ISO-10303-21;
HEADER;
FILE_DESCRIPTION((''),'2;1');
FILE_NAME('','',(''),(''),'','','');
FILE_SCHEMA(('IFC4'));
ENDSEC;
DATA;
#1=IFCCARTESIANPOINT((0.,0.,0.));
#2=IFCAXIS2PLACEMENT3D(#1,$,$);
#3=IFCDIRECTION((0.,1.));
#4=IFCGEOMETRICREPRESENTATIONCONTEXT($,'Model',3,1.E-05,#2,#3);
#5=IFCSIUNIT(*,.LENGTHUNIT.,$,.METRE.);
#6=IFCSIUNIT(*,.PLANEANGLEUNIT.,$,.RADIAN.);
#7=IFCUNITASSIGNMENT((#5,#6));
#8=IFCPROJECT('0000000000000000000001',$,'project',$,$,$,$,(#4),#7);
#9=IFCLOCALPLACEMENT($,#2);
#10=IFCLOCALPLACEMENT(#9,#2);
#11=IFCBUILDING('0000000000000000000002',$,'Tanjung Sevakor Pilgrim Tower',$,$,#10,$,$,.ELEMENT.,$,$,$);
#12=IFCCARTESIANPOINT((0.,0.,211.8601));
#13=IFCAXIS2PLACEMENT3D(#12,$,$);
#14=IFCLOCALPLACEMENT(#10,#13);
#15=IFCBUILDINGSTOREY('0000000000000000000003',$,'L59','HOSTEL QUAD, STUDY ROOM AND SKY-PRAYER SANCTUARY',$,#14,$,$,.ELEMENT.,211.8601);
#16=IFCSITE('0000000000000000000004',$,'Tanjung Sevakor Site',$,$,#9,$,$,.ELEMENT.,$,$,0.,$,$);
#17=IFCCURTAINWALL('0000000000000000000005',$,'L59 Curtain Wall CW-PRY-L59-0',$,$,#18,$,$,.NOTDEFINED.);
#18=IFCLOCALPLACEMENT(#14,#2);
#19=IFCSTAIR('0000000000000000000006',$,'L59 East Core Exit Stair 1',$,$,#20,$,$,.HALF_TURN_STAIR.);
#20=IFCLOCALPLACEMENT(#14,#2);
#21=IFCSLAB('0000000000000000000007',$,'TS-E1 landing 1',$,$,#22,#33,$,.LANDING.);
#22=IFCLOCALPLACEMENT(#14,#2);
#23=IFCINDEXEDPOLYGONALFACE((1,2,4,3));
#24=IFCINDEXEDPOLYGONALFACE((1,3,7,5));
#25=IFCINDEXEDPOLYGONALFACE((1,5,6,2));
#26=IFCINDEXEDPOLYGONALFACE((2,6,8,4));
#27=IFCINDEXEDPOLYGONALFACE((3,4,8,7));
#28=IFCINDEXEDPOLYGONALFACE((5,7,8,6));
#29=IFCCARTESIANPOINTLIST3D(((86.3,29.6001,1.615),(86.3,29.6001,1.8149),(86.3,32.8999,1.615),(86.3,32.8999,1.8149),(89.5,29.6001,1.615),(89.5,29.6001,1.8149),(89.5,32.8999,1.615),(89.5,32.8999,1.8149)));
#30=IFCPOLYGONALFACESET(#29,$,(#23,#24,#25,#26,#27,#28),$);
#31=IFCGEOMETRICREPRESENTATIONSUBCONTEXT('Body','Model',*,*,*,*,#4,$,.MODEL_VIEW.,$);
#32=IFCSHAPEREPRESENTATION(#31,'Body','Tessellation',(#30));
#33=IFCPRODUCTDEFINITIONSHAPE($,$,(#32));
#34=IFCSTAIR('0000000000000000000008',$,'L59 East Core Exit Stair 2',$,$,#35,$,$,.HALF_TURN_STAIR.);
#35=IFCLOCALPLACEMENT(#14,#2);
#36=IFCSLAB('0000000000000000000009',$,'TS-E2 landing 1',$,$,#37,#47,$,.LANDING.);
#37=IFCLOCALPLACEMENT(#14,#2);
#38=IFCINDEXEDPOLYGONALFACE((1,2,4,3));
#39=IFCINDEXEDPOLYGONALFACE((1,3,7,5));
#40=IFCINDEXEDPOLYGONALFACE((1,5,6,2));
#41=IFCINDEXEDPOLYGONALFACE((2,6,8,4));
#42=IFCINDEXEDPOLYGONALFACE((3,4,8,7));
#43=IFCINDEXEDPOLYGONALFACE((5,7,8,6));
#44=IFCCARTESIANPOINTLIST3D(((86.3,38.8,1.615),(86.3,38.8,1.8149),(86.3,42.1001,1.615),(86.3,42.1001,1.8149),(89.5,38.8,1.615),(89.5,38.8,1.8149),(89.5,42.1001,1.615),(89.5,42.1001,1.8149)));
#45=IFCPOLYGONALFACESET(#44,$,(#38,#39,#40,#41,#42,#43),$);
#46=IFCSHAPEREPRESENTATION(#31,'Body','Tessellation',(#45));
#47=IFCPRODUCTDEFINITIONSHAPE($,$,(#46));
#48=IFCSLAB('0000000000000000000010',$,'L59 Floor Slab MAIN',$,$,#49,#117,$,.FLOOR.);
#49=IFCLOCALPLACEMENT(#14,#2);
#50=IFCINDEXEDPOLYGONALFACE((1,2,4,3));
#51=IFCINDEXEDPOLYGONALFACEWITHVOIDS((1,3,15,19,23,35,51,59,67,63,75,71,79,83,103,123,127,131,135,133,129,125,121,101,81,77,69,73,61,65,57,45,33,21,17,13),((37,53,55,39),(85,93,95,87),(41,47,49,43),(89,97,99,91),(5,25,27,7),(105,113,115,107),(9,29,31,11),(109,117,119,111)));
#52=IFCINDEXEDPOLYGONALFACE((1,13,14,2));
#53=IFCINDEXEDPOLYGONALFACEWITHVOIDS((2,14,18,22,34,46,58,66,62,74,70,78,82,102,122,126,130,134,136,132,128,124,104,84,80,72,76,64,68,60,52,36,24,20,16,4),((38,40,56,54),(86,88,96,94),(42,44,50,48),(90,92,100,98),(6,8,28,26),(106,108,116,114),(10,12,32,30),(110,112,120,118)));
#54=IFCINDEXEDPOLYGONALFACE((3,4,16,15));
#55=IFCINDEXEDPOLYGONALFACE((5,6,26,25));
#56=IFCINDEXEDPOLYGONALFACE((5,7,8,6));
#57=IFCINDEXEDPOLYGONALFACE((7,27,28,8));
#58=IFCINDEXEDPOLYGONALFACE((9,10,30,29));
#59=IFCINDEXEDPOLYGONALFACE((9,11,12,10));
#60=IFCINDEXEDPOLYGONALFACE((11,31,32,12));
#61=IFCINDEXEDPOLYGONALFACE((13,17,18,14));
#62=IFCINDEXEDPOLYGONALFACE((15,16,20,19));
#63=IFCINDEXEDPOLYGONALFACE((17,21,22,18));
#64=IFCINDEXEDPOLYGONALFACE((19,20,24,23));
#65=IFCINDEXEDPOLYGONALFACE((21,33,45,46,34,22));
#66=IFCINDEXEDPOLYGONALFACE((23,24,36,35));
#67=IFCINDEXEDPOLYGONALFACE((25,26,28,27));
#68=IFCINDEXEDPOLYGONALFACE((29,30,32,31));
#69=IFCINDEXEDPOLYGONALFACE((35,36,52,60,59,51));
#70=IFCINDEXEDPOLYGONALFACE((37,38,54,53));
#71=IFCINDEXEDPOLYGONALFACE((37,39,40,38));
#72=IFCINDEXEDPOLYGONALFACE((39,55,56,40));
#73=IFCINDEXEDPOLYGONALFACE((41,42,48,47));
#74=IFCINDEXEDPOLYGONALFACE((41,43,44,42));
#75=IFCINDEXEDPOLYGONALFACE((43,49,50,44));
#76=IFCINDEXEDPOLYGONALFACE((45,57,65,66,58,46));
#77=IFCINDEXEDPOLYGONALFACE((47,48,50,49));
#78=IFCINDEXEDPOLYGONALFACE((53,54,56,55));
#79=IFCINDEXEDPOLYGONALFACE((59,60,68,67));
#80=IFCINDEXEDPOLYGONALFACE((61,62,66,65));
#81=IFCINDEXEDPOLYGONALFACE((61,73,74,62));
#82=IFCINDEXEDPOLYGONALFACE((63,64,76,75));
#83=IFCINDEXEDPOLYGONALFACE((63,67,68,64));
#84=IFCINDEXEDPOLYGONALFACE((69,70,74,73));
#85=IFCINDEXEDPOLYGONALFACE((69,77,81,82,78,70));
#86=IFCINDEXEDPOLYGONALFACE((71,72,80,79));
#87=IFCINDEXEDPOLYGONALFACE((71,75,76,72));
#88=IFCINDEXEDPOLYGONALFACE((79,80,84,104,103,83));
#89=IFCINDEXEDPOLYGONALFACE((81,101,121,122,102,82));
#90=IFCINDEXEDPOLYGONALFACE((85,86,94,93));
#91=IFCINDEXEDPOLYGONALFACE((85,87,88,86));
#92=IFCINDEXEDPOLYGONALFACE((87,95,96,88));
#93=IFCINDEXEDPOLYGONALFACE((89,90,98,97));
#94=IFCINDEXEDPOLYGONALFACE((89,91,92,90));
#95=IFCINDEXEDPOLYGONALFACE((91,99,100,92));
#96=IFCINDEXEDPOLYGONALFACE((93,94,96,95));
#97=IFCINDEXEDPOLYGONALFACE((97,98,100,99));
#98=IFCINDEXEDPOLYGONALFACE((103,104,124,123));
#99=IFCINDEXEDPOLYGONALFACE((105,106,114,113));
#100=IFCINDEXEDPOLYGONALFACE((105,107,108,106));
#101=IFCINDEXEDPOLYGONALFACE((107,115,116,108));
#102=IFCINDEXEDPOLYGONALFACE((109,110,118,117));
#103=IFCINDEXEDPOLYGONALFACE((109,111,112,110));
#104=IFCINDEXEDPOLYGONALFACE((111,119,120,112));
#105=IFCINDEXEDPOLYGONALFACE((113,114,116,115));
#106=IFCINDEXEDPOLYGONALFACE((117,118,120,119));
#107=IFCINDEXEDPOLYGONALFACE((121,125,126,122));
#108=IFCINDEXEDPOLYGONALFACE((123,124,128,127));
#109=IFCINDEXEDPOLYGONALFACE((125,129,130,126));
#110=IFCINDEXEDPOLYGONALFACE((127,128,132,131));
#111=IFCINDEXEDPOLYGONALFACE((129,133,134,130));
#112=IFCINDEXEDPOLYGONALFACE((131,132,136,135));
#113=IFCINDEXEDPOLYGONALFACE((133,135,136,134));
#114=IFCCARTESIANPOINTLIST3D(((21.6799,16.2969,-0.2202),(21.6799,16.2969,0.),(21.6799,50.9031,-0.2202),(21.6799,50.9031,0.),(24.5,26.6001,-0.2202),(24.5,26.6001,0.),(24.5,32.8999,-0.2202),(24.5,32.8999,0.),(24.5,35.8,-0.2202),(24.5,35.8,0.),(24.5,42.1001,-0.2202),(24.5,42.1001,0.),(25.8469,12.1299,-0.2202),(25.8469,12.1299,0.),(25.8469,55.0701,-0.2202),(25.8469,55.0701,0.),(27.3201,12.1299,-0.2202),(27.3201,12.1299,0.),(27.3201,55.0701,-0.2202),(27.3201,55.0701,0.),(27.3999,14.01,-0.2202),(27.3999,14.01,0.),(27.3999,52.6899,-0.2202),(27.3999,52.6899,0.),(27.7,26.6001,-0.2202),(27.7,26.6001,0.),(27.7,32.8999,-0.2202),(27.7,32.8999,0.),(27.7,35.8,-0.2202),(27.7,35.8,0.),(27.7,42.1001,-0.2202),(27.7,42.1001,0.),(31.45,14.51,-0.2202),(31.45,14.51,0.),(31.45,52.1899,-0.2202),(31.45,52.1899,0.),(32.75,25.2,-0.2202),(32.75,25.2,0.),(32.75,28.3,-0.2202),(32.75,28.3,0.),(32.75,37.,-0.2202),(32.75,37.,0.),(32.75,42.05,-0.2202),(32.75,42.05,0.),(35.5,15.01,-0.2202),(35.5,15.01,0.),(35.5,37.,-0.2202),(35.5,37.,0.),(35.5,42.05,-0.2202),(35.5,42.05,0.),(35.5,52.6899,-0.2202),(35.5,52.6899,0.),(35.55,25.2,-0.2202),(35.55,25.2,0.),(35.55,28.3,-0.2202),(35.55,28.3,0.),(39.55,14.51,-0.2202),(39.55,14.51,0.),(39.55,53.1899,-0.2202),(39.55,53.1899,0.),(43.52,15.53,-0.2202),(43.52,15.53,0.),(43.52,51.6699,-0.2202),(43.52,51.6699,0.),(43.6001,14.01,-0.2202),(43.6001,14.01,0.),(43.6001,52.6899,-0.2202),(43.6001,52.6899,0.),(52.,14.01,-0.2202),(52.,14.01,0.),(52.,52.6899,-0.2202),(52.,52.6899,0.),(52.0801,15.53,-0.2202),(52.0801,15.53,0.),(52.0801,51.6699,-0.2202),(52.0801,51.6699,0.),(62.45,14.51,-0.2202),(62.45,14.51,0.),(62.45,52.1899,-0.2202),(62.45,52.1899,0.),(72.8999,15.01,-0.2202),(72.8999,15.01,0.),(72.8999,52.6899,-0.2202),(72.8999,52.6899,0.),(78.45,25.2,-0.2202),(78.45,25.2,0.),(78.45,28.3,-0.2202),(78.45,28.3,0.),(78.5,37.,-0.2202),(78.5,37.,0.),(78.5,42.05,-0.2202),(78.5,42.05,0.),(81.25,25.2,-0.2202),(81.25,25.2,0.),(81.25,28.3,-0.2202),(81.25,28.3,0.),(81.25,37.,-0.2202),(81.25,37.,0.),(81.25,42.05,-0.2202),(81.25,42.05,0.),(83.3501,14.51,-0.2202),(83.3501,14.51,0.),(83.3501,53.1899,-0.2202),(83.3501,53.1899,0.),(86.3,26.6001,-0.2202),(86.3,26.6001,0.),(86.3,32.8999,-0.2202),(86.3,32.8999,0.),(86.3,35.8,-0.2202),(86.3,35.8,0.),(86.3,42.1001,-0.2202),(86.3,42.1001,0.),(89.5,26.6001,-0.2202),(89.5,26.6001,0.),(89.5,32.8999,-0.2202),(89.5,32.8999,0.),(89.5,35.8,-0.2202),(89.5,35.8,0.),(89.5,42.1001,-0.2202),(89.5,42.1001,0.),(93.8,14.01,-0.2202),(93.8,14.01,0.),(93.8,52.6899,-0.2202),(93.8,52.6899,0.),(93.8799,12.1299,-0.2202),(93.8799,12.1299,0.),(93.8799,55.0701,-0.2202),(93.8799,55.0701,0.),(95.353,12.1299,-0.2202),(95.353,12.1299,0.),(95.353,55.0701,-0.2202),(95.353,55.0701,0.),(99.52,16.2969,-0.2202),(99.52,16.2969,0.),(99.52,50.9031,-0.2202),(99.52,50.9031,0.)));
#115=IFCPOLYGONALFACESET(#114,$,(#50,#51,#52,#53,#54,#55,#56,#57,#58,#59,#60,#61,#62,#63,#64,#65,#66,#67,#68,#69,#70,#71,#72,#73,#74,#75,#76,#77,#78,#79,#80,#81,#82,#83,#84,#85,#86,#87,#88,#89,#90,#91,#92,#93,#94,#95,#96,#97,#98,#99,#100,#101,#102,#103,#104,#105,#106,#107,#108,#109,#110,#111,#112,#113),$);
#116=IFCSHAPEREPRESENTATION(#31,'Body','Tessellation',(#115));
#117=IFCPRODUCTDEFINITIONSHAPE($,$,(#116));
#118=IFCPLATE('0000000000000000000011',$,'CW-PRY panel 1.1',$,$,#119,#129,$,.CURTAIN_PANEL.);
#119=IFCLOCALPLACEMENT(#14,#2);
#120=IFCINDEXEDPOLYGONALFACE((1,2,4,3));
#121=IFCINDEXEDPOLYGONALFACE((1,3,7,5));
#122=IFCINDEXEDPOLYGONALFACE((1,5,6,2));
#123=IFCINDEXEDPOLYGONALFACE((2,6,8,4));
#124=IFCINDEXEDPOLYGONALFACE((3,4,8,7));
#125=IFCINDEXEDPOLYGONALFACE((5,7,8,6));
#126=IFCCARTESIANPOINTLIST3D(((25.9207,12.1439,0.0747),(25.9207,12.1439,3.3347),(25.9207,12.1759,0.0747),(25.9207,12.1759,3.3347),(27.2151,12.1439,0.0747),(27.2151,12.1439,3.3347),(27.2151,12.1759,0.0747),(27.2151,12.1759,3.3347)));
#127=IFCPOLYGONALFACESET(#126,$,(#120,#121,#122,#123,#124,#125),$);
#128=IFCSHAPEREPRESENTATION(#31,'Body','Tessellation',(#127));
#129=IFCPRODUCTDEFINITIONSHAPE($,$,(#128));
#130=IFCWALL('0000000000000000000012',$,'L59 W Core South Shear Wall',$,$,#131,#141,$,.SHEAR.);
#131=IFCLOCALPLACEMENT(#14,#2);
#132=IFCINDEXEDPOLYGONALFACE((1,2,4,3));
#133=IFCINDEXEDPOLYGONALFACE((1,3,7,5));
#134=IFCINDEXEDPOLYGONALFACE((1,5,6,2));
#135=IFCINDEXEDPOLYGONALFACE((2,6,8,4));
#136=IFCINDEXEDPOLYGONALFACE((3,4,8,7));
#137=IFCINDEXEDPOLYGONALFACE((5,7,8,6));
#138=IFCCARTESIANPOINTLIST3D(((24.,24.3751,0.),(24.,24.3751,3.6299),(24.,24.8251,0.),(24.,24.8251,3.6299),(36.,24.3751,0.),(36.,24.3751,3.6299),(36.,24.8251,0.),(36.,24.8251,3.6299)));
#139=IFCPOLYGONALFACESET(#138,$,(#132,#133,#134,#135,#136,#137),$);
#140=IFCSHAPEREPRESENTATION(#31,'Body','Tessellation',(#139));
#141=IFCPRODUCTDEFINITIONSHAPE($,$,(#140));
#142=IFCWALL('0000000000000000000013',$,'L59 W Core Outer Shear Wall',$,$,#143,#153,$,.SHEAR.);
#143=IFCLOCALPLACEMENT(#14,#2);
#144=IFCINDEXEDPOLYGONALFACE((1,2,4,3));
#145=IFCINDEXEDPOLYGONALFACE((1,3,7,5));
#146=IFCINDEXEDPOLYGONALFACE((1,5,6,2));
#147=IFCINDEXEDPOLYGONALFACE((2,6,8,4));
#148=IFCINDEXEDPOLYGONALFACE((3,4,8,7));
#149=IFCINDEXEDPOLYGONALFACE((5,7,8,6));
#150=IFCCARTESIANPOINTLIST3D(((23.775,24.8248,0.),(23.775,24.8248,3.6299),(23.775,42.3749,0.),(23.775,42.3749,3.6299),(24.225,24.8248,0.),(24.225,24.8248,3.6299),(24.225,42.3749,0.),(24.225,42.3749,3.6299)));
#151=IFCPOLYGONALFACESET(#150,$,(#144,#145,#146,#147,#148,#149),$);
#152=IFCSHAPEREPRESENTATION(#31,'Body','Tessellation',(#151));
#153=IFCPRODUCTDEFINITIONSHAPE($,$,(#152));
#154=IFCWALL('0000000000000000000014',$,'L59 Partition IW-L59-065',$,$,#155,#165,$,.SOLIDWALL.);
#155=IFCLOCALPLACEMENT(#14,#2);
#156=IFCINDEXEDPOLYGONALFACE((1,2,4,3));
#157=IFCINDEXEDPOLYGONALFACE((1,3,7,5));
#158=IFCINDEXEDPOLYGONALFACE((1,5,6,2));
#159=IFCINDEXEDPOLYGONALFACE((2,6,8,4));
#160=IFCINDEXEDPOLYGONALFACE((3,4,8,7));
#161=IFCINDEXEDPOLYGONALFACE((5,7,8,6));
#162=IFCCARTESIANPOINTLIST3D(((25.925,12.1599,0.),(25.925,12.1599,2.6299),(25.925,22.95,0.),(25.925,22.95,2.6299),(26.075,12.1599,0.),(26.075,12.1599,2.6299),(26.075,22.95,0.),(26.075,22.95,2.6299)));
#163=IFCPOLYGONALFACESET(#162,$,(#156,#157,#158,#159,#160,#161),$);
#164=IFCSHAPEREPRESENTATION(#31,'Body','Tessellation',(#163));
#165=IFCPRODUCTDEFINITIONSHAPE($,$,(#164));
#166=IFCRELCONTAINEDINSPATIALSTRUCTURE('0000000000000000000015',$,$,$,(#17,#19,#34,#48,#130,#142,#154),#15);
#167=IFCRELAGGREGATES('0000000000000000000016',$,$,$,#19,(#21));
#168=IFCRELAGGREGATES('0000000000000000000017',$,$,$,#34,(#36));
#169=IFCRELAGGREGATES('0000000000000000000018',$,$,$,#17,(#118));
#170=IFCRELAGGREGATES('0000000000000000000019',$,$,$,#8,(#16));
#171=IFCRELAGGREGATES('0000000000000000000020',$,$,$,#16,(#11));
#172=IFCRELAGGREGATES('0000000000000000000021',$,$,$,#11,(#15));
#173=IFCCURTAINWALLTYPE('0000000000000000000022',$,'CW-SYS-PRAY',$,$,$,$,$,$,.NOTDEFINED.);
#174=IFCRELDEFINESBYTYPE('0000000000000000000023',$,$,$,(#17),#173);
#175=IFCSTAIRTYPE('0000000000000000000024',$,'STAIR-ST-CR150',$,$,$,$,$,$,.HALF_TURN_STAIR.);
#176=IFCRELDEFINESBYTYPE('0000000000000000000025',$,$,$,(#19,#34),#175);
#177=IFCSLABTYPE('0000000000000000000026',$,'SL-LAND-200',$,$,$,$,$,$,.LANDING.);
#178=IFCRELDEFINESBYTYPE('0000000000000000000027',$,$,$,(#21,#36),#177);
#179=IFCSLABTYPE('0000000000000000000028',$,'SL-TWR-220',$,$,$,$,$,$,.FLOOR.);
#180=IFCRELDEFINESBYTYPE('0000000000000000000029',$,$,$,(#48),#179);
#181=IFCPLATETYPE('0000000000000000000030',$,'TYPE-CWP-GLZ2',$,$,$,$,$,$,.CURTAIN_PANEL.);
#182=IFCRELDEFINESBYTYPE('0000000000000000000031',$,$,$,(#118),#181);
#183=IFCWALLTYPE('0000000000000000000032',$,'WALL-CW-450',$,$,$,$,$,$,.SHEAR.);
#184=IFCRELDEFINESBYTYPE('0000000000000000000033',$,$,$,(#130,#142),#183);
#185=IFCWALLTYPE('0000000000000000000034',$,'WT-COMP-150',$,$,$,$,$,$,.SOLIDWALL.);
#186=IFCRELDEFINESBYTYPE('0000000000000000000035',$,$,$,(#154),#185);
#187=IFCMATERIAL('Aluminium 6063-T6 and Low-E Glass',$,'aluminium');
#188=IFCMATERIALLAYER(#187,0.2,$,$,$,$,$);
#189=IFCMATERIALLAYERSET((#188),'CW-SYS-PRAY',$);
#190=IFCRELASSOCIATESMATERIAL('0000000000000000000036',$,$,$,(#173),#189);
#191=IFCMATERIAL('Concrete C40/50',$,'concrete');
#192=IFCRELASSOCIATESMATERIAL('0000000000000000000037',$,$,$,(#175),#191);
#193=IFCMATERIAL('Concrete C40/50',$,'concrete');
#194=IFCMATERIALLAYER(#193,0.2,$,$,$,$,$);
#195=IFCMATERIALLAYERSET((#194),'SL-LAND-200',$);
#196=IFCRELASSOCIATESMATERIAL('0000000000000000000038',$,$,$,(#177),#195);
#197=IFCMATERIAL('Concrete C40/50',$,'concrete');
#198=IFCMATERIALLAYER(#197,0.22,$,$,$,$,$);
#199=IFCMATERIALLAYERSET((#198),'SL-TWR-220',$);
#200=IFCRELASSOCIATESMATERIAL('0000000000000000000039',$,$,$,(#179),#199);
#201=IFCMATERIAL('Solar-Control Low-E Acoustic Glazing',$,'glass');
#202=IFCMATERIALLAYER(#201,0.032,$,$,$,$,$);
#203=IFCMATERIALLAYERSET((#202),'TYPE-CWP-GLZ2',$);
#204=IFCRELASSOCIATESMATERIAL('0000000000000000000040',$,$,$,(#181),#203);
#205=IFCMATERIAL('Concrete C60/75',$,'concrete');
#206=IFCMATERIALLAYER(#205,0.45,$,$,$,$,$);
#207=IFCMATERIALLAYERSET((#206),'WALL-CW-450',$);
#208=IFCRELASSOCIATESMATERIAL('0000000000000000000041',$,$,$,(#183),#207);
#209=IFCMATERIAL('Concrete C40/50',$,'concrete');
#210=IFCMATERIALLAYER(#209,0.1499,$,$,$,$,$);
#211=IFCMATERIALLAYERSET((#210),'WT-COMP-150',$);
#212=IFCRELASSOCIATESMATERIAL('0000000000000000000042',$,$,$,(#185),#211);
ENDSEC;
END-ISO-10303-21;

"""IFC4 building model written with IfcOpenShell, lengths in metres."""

from ifc_helpers import new_model, si_unit, direction, frame, frame_2d, origin, origin_2d, place, context, subcontext, project, spatial, polyline, rectangle, outline, extrude, material, layer, layer_set, type_object, element, aggregate, save


model = new_model("IFC4")

# Units and contexts
model_context = context("Model", 3, precision=1e-05, world=origin(), true_north=direction((0.0, 1.0)))
body_context = subcontext(model_context, "Body", "Model", "MODEL_VIEW")
ifc_project = project(units=[si_unit("LENGTHUNIT", "METRE"), si_unit("PLANEANGLEUNIT", "RADIAN")], contexts=[model_context])

# Site, building, storey
site_placement = place(None, origin())
site = spatial("IfcSite", under=ifc_project, at=site_placement, Name="Tanjung Sevakor Site", CompositionType="ELEMENT", RefElevation=0.0)
building_placement = place(site_placement, origin())
building = spatial("IfcBuilding", under=site, at=building_placement, Name="Tanjung Sevakor Pilgrim Tower", CompositionType="ELEMENT")
storey_placement = place(building_placement, frame((0.0, 0.0, 211.8601)))
storey = spatial("IfcBuildingStorey", under=building, at=storey_placement, Name="L59", Description="HOSTEL QUAD, STUDY ROOM AND SKY-PRAYER SANCTUARY", CompositionType="ELEMENT", Elevation=211.8601)

# Curtain wall
ifc_material_1 = material(Name="Aluminium 6063-T6 and Low-E Glass", Category="aluminium")
ifc_layer_1 = layer(ifc_material_1, 0.2)
ifc_layer_set_1 = layer_set([ifc_layer_1], Name="CW-SYS-PRAY")
curtain_wall_type = type_object("IfcCurtainWallType", Name="CW-SYS-PRAY", PredefinedType="NOTDEFINED", material=ifc_layer_set_1)
curtain_wall_placement = place(storey_placement, origin())
curtain_wall = element("IfcCurtainWall", 1, at=curtain_wall_placement, inside=storey, type_object=curtain_wall_type, Name="L59 Curtain Wall CW-PRY-L59-0", PredefinedType="NOTDEFINED")

# Stairs, slabs
ifc_material_2 = material(Name="Concrete C40/50", Category="concrete")
stair_type = type_object("IfcStairType", Name="STAIR-ST-CR150", PredefinedType="HALF_TURN_STAIR", material=ifc_material_2)
ifc_material_3 = material(Name="Concrete C40/50", Category="concrete")
ifc_layer_2 = layer(ifc_material_3, 0.2)
ifc_layer_set_2 = layer_set([ifc_layer_2], Name="SL-LAND-200")
slab_type_1 = type_object("IfcSlabType", Name="SL-LAND-200", PredefinedType="LANDING", material=ifc_layer_set_2)
stair_1_placement = place(storey_placement, origin())
stair_1 = element("IfcStair", 2, at=stair_1_placement, inside=storey, type_object=stair_type, Name="L59 East Core Exit Stair 1", PredefinedType="HALF_TURN_STAIR")
slab_1_placement = place(storey_placement, frame((0.0, 0.0, 1.615)))
slab_1 = element("IfcSlab", 3, at=slab_1_placement, type_object=slab_type_1, Name="TS-E1 landing 1", PredefinedType="LANDING", context=body_context, shape_type="SweptSolid", body=[
    extrude(outline(polyline([(89.5, 29.6001), (89.5, 32.8999), (86.3, 32.8999), (86.3, 29.6001), (89.5, 29.6001)])), origin(), (0.0, 0.0, 1.0), 0.2),
])
aggregate(stair_1, [slab_1])
stair_2_placement = place(storey_placement, origin())
stair_2 = element("IfcStair", 4, at=stair_2_placement, inside=storey, type_object=stair_type, Name="L59 East Core Exit Stair 2", PredefinedType="HALF_TURN_STAIR")
slab_2_placement = place(storey_placement, frame((0.0, 0.0, 1.615)))
slab_2 = element("IfcSlab", 5, at=slab_2_placement, type_object=slab_type_1, Name="TS-E2 landing 1", PredefinedType="LANDING", context=body_context, shape_type="SweptSolid", body=[
    extrude(outline(polyline([(89.5, 38.8), (89.5, 42.1001), (86.3, 42.1001), (86.3, 38.8), (89.5, 38.8)])), origin(), (0.0, 0.0, 1.0), 0.2),
])
aggregate(stair_2, [slab_2])

# Slab
ifc_material_4 = material(Name="Concrete C40/50", Category="concrete")
ifc_layer_3 = layer(ifc_material_4, 0.22)
ifc_layer_set_3 = layer_set([ifc_layer_3], Name="SL-TWR-220")
slab_type_2 = type_object("IfcSlabType", Name="SL-TWR-220", PredefinedType="FLOOR", material=ifc_layer_set_3)
slab_3_placement = place(storey_placement, frame((0.0, 0.0, -0.2202)))
element("IfcSlab", 6, at=slab_3_placement, inside=storey, type_object=slab_type_2, Name="L59 Floor Slab MAIN", PredefinedType="FLOOR", context=body_context, shape_type="SweptSolid", body=[
    extrude(outline(polyline([(25.8469, 12.1299), (27.3201, 12.1299), (27.3999, 14.01), (31.45, 14.51), (35.5, 15.01), (39.55, 14.51), (43.6001, 14.01), (43.52, 15.53), (52.0801, 15.53), (52.0, 14.01), (62.45, 14.51), (72.8999, 15.01), (83.3501, 14.51), (93.8, 14.01), (93.8799, 12.1299), (95.353, 12.1299), (99.52, 16.2969), (99.52, 50.9031), (95.353, 55.0701), (93.8799, 55.0701), (93.8, 52.6899), (83.3501, 53.1899), (72.8999, 52.6899), (62.45, 52.1899), (52.0, 52.6899), (52.0801, 51.6699), (43.52, 51.6699), (43.6001, 52.6899), (39.55, 53.1899), (35.5, 52.6899), (31.45, 52.1899), (27.3999, 52.6899), (27.3201, 55.0701), (25.8469, 55.0701), (21.6799, 50.9031), (21.6799, 16.2969), (25.8469, 12.1299)]), holes=[polyline([(27.7, 26.6001), (27.7, 32.8999), (24.5, 32.8999), (24.5, 26.6001), (27.7, 26.6001)]), polyline([(27.7, 35.8), (27.7, 42.1001), (24.5, 42.1001), (24.5, 35.8), (27.7, 35.8)]), polyline([(89.5, 26.6001), (89.5, 32.8999), (86.3, 32.8999), (86.3, 26.6001), (89.5, 26.6001)]), polyline([(89.5, 35.8), (89.5, 42.1001), (86.3, 42.1001), (86.3, 35.8), (89.5, 35.8)]), polyline([(32.75, 25.2), (35.55, 25.2), (35.55, 28.3), (32.75, 28.3), (32.75, 25.2)]), polyline([(32.75, 37.0), (35.5, 37.0), (35.5, 42.05), (32.75, 42.05), (32.75, 37.0)]), polyline([(78.45, 25.2), (81.25, 25.2), (81.25, 28.3), (78.45, 28.3), (78.45, 25.2)]), polyline([(78.5, 37.0), (81.25, 37.0), (81.25, 42.05), (78.5, 42.05), (78.5, 37.0)])]), origin(), (0.0, 0.0, 1.0), 0.2202),
])

# Plate
ifc_material_5 = material(Name="Solar-Control Low-E Acoustic Glazing", Category="glass")
ifc_layer_4 = layer(ifc_material_5, 0.032)
ifc_layer_set_4 = layer_set([ifc_layer_4], Name="TYPE-CWP-GLZ2")
plate_type = type_object("IfcPlateType", Name="TYPE-CWP-GLZ2", PredefinedType="CURTAIN_PANEL", material=ifc_layer_set_4)
plate_placement = place(storey_placement, frame((26.5679, 12.1599, 0.0747), z_axis=(0.0, 0.0, 1.0), x_axis=(1.0, 0.0, 0.0)))
plate = element("IfcPlate", 7, at=plate_placement, type_object=plate_type, Name="CW-PRY panel 1.1", PredefinedType="CURTAIN_PANEL", context=body_context, shape_type="SweptSolid", body=[
    extrude(rectangle(XDim=1.2944, YDim=0.032, at=origin_2d()), origin(), (0.0, 0.0, 1.0), 3.26),
])
aggregate(curtain_wall, [plate])

# Walls
ifc_material_6 = material(Name="Concrete C60/75", Category="concrete")
ifc_layer_5 = layer(ifc_material_6, 0.45)
ifc_layer_set_5 = layer_set([ifc_layer_5], Name="WALL-CW-450")
wall_type_1 = type_object("IfcWallType", Name="WALL-CW-450", PredefinedType="SHEAR", material=ifc_layer_set_5)
wall_1_placement = place(storey_placement, frame((24.0, 24.6001, 0.0), z_axis=(0.0, 0.0, 1.0), x_axis=(1.0, 0.0, 0.0)))
element("IfcWall", 8, at=wall_1_placement, inside=storey, type_object=wall_type_1, Name="L59 W Core South Shear Wall", PredefinedType="SHEAR", context=body_context, shape_type="SweptSolid", body=[
    extrude(rectangle(XDim=12.0, YDim=0.45, at=frame_2d((6.0, 0.0))), origin(), (0.0, 0.0, 1.0), 3.6299),
])
wall_2_placement = place(storey_placement, frame((24.0, 24.825, 0.0), z_axis=(0.0, 0.0, 1.0), x_axis=(0.0, 1.0, 0.0)))
element("IfcWall", 9, at=wall_2_placement, inside=storey, type_object=wall_type_1, Name="L59 W Core Outer Shear Wall", PredefinedType="SHEAR", context=body_context, shape_type="SweptSolid", body=[
    extrude(rectangle(XDim=17.55, YDim=0.45, at=frame_2d((8.7749, 0.0))), origin(), (0.0, 0.0, 1.0), 3.6299),
])
ifc_material_7 = material(Name="Concrete C40/50", Category="concrete")
ifc_layer_6 = layer(ifc_material_7, 0.1499)
ifc_layer_set_6 = layer_set([ifc_layer_6], Name="WT-COMP-150")
wall_type_2 = type_object("IfcWallType", Name="WT-COMP-150", PredefinedType="SOLIDWALL", material=ifc_layer_set_6)
wall_3_placement = place(storey_placement, frame((26.0, 12.1599, 0.0), z_axis=(0.0, 0.0, 1.0), x_axis=(0.0, 1.0, 0.0)))
element("IfcWall", 10, at=wall_3_placement, inside=storey, type_object=wall_type_2, Name="L59 Partition IW-L59-065", PredefinedType="SOLIDWALL", context=body_context, shape_type="SweptSolid", body=[
    extrude(rectangle(XDim=10.79, YDim=0.1499, at=frame_2d((5.395, 0.0))), origin(), (0.0, 0.0, 1.0), 2.6299),
])

save(model, "model.ifc")
